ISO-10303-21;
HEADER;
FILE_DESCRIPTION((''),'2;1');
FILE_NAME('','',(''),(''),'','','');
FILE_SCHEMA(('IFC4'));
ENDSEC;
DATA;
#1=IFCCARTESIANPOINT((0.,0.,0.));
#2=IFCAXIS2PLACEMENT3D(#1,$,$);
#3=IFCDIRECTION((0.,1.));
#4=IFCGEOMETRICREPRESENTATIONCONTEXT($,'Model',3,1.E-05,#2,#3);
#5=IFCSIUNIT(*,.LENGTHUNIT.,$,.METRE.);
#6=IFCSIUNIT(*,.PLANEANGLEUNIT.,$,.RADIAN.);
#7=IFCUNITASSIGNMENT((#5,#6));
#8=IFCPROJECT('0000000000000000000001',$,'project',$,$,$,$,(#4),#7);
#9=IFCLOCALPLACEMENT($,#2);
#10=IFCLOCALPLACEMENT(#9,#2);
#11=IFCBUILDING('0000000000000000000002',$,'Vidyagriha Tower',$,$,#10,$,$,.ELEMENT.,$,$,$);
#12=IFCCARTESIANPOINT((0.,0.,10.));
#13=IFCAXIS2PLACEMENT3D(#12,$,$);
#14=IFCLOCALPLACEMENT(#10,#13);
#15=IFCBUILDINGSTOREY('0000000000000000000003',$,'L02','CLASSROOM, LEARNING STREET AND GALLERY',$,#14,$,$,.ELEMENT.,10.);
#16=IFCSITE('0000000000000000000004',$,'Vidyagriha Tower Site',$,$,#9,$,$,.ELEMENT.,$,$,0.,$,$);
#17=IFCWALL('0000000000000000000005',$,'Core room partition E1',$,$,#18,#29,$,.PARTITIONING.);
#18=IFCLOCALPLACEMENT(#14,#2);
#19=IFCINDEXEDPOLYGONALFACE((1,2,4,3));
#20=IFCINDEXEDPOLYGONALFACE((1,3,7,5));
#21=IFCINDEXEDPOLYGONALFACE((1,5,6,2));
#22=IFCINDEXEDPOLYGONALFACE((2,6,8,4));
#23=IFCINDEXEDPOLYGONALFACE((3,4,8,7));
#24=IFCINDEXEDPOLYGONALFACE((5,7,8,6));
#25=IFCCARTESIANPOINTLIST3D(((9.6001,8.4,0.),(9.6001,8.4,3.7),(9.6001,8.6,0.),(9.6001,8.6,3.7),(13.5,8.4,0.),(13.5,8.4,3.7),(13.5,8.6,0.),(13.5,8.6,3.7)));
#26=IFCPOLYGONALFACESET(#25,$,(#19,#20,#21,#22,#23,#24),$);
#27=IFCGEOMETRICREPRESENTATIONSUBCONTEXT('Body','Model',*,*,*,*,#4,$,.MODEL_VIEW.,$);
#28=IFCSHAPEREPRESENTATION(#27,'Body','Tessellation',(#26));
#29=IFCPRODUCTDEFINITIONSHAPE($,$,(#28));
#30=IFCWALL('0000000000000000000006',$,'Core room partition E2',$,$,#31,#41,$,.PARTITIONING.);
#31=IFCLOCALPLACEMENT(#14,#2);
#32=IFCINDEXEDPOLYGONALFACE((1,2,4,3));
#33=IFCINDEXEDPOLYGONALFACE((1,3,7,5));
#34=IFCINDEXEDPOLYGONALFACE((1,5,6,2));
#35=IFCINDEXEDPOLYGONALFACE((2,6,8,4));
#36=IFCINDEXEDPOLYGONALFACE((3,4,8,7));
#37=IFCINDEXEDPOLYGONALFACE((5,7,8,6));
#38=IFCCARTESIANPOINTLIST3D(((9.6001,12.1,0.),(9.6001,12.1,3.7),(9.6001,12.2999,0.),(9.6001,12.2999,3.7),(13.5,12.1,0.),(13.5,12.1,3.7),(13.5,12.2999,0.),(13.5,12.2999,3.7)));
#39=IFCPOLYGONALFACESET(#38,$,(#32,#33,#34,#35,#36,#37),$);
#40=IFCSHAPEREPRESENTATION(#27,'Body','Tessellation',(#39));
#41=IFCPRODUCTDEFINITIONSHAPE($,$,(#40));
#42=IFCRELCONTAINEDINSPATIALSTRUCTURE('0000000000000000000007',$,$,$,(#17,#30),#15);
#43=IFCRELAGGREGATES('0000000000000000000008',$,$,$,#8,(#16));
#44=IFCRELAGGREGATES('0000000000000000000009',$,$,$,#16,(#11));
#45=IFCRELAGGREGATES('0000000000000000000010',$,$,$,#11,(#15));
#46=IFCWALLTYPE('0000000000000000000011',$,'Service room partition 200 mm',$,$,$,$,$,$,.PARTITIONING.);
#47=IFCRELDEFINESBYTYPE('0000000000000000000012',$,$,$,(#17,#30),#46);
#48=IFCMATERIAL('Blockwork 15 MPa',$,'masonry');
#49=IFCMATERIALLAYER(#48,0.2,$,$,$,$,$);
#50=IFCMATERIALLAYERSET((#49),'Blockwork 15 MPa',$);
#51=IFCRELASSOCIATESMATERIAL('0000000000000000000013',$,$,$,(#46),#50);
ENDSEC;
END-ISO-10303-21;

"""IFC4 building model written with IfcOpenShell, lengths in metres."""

from ifc_helpers import new_model, si_unit, direction, frame, frame_2d, origin, place, context, subcontext, project, spatial, rectangle, extrude, material, layer, layer_set, type_object, element, save


model = new_model("IFC4")

# Units and contexts
model_context = context("Model", 3, precision=1e-05, world=origin(), true_north=direction((0.0, 1.0)))
body_context = subcontext(model_context, "Body", "Model", "MODEL_VIEW")
ifc_project = project(units=[si_unit("LENGTHUNIT", "METRE"), si_unit("PLANEANGLEUNIT", "RADIAN")], contexts=[model_context])

# Site, building, storey
site_placement = place(None, origin())
site = spatial("IfcSite", under=ifc_project, at=site_placement, Name="Vidyagriha Tower Site", CompositionType="ELEMENT", RefElevation=0.0)
building_placement = place(site_placement, origin())
building = spatial("IfcBuilding", under=site, at=building_placement, Name="Vidyagriha Tower", CompositionType="ELEMENT")
storey_placement = place(building_placement, frame((0.0, 0.0, 10.0)))
storey = spatial("IfcBuildingStorey", under=building, at=storey_placement, Name="L02", Description="CLASSROOM, LEARNING STREET AND GALLERY", CompositionType="ELEMENT", Elevation=10.0)

# Shared definitions
ifc_material_1 = material(Name="Blockwork 15 MPa", Category="masonry")
ifc_layer_1 = layer(ifc_material_1, 0.2)
ifc_layer_set_1 = layer_set([ifc_layer_1], Name="Blockwork 15 MPa")
wall_type_1 = type_object("IfcWallType", Name="Service room partition 200 mm", PredefinedType="PARTITIONING", material=ifc_layer_set_1)

# Walls
for number, where, name in (
    (1, (9.6001, 8.5, 0.0), "Core room partition E1"),
    (2, (9.6001, 12.2, 0.0), "Core room partition E2"),
):
    element("IfcWall", number, at=place(storey_placement, frame(where)), inside=storey, type_object=wall_type_1, Name=name, PredefinedType="PARTITIONING", context=body_context, shape_type="SweptSolid", body=[
        extrude(rectangle(XDim=3.8999, YDim=0.2, at=frame_2d((1.95, 0.0))), origin(), (0.0, 0.0, 1.0), 3.7),
    ])

save(model, "model.ifc")
